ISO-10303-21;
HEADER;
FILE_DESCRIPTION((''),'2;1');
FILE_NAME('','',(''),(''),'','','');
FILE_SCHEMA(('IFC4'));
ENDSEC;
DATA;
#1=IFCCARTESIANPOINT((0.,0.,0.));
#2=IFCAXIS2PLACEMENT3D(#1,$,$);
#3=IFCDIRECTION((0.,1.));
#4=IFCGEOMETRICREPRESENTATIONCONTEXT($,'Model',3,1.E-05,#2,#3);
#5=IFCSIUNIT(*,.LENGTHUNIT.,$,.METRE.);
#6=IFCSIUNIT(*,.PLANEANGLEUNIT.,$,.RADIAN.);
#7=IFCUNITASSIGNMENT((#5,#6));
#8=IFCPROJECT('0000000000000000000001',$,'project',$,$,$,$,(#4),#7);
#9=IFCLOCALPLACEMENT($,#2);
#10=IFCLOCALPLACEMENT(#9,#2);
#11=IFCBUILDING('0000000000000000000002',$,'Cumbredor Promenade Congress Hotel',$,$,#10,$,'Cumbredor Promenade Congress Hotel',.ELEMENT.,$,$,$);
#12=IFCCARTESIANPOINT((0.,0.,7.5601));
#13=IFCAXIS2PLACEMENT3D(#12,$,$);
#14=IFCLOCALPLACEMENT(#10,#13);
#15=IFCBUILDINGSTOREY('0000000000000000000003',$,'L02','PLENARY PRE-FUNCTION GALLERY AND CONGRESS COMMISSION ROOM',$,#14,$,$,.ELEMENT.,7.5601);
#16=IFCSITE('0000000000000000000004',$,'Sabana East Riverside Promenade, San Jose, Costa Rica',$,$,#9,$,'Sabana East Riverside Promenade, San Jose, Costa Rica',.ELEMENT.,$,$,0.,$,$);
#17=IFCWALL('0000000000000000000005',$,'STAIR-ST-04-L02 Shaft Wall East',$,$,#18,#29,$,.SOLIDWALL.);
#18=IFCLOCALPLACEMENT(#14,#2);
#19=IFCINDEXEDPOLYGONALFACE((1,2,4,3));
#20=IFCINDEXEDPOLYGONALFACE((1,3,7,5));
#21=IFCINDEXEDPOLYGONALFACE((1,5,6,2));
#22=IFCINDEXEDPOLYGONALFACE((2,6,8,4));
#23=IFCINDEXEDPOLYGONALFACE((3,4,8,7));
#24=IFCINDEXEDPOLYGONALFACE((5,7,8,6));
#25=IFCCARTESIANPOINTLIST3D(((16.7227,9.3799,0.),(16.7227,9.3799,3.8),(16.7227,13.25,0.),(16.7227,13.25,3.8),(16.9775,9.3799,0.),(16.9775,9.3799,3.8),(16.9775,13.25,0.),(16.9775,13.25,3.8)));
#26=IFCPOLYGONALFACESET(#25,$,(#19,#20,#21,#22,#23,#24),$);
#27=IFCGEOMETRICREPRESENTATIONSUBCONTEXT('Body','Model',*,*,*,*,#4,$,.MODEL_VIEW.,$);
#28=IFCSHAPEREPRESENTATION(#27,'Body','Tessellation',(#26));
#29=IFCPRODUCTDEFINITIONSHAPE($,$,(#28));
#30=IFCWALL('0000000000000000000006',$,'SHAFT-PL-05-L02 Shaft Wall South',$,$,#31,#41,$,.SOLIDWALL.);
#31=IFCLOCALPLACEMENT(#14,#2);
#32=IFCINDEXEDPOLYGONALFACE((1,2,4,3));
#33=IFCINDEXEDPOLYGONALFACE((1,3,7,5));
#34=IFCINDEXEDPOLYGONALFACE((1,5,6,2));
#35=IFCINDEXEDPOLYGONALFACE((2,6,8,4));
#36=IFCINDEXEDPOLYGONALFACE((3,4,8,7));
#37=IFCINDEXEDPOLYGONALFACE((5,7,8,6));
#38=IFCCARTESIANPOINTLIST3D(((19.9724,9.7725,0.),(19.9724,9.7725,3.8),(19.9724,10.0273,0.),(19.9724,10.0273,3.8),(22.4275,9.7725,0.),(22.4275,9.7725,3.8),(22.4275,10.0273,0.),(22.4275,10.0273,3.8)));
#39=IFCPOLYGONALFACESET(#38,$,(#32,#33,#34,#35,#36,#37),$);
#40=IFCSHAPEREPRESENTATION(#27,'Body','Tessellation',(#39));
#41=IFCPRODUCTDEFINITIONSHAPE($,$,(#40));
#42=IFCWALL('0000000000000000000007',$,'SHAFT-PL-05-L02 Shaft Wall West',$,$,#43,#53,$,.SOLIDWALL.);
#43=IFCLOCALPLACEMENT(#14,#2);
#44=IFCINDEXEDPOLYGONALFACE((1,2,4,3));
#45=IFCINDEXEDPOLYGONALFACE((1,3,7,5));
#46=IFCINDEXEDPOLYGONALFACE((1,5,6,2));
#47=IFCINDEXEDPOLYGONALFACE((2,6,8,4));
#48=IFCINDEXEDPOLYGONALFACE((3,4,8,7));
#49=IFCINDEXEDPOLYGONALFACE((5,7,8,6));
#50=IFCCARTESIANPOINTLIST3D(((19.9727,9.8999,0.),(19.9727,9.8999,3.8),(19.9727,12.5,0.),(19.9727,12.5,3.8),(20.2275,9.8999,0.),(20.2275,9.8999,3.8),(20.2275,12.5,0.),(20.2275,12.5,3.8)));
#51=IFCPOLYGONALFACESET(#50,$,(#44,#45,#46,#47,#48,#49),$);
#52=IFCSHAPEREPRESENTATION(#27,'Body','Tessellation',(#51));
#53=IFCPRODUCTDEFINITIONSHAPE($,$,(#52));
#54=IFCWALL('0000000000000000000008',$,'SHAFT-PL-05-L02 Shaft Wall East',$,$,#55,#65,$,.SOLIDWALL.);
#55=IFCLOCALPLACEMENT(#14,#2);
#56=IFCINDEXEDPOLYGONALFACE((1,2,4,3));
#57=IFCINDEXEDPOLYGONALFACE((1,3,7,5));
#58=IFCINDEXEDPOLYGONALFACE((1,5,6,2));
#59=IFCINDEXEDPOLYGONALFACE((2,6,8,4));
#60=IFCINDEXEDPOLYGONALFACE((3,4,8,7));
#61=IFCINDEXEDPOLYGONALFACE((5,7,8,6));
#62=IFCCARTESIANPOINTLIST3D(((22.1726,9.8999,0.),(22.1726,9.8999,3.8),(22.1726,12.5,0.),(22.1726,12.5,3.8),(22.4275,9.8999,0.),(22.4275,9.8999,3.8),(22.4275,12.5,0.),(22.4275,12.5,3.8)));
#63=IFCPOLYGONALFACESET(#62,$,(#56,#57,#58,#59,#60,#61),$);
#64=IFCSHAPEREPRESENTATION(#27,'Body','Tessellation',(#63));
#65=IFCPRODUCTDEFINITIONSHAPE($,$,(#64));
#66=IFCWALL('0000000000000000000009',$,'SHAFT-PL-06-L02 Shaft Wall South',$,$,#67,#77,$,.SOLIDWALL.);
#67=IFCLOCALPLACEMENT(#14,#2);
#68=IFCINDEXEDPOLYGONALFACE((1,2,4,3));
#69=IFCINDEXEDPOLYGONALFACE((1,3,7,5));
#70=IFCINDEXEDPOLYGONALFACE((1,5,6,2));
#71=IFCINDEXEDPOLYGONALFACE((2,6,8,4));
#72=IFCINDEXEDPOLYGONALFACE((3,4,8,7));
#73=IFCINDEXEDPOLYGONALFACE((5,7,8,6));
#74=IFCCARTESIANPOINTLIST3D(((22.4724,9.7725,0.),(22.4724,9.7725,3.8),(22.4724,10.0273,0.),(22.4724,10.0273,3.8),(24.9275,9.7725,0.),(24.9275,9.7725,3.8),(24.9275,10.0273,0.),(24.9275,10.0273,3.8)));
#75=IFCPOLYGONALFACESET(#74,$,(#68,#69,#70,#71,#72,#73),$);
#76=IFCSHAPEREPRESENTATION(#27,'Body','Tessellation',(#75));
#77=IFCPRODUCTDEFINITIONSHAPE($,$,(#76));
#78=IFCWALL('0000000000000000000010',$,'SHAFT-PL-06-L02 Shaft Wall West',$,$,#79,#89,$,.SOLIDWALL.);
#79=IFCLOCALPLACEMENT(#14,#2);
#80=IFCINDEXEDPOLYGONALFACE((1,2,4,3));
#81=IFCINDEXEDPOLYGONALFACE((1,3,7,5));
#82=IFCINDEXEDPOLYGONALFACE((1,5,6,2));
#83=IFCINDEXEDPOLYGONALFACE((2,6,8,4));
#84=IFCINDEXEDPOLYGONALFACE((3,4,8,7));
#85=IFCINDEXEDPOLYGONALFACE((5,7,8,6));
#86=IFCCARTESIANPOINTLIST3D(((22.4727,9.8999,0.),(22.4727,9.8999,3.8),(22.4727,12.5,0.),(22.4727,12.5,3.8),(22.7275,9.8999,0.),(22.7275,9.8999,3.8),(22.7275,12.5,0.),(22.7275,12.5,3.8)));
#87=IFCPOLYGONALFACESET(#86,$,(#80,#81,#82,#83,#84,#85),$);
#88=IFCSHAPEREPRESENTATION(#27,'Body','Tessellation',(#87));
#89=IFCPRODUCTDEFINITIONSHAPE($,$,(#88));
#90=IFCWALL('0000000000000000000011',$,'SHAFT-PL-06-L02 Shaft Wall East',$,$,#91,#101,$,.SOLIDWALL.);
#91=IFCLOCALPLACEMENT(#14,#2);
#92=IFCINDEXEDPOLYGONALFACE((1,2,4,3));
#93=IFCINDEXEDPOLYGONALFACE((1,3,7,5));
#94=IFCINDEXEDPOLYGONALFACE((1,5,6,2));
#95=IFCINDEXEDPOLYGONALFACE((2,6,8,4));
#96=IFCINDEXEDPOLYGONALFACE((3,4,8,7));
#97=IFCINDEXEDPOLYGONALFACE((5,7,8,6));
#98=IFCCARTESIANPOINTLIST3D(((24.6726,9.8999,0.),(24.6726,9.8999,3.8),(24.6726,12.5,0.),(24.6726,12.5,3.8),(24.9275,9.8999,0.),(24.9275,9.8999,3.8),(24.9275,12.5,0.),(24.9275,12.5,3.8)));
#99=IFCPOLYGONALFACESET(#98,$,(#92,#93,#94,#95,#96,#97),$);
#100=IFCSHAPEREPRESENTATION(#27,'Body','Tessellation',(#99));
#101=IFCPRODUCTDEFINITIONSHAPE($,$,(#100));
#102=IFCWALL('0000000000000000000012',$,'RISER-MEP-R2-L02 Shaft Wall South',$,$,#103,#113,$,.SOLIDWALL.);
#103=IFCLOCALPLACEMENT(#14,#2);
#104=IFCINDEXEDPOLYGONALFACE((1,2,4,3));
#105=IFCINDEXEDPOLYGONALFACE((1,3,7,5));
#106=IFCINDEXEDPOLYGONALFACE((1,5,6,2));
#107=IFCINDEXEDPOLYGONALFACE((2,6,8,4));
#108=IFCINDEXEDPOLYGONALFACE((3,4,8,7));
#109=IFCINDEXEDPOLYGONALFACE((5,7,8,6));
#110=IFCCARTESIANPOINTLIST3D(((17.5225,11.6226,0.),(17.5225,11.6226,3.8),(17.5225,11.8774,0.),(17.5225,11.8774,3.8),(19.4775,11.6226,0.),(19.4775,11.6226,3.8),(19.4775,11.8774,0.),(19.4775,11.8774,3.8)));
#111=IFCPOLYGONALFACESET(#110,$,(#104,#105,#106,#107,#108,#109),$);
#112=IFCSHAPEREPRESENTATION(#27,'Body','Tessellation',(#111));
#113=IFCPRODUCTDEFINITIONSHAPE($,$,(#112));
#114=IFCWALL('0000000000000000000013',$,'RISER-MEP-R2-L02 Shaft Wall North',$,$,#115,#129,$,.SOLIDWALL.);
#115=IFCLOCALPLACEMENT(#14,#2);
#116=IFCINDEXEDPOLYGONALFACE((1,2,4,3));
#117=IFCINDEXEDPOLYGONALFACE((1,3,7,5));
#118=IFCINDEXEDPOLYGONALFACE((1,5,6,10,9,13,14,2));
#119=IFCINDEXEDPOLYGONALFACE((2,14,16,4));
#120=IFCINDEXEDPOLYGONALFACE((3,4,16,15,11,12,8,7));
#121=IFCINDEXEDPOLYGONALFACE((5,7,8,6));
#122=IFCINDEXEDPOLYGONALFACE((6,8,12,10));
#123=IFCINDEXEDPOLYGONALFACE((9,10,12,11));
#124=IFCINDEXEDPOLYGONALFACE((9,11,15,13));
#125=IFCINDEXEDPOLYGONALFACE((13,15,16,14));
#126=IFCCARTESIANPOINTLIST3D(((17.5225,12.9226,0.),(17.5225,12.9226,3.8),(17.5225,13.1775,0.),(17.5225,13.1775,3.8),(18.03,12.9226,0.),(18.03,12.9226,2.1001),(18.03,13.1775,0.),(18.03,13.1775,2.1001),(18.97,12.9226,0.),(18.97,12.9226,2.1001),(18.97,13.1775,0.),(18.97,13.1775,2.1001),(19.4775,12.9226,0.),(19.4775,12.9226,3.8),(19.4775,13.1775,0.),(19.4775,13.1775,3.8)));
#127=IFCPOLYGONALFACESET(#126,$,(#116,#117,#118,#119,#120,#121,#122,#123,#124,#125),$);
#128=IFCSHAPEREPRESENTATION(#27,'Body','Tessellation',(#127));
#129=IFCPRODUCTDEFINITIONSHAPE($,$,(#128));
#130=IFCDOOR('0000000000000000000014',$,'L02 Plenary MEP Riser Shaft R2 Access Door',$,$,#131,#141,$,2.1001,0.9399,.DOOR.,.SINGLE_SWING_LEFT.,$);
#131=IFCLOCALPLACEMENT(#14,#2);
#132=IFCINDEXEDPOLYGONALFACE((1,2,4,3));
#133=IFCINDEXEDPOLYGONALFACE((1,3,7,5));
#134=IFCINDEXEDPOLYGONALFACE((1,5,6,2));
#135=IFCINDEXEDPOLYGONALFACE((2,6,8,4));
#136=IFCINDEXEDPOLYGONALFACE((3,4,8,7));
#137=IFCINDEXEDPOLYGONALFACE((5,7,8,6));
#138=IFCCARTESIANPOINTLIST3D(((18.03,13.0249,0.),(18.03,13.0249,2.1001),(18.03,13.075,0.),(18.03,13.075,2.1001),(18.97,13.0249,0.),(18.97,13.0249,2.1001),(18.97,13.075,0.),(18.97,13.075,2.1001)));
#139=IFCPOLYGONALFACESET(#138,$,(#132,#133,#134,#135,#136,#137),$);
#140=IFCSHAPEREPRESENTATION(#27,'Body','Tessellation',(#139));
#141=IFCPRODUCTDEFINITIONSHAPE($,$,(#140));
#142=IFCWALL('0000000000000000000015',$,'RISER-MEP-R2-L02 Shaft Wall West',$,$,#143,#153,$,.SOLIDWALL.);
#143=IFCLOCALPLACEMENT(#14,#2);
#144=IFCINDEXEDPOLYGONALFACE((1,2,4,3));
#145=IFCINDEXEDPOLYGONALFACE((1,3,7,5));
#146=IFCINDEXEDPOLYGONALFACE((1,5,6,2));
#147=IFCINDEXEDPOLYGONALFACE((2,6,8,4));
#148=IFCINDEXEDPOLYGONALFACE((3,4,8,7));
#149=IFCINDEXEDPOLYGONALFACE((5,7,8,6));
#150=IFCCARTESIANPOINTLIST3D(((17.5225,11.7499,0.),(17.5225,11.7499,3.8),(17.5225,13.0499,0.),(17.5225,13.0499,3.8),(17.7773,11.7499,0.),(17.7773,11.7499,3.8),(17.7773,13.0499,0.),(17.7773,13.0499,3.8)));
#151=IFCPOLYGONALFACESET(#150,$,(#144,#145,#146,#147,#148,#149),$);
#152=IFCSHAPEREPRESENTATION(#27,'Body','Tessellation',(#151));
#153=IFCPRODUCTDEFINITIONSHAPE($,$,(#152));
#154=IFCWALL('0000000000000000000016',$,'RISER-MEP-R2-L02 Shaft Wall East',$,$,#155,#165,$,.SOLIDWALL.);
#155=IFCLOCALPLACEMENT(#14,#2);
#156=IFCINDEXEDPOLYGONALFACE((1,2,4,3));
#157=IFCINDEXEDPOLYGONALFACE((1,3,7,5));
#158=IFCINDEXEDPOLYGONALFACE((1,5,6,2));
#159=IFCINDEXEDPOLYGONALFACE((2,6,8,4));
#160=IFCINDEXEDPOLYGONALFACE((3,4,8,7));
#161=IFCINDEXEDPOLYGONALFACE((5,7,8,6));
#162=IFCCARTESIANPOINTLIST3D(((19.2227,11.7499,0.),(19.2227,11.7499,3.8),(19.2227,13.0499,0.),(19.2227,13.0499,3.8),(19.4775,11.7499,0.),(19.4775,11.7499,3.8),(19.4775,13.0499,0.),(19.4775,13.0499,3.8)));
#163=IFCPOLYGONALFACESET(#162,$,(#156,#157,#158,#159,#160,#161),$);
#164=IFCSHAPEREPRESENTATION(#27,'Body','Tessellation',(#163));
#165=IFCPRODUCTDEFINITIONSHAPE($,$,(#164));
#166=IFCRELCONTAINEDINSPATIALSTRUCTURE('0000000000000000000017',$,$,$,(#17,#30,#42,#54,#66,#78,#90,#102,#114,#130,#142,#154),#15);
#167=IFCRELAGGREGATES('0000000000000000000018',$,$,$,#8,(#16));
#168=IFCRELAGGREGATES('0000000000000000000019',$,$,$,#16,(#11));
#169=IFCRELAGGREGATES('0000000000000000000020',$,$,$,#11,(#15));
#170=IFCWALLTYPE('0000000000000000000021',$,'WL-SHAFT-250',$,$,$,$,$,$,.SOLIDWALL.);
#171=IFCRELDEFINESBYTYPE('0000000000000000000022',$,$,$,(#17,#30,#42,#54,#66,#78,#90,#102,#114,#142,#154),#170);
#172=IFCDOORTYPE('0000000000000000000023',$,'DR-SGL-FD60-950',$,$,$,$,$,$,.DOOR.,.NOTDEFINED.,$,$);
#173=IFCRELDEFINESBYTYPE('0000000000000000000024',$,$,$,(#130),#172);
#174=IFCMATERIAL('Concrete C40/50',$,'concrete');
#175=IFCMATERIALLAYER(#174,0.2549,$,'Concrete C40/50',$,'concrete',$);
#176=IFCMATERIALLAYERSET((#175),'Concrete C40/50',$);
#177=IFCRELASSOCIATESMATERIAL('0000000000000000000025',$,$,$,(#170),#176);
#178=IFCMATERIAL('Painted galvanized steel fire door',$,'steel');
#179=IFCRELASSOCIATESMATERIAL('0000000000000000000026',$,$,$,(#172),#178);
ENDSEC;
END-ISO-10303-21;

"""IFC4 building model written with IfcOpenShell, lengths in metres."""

from ifc_helpers import new_model, si_unit, direction, frame, frame_2d, origin, place, context, subcontext, project, spatial, rectangle, extrude, material, layer, layer_set, type_object, element, fill, save


model = new_model("IFC4")

# Units and contexts
model_context = context("Model", 3, precision=1e-05, world=origin(), true_north=direction((0.0, 1.0)))
body_context = subcontext(model_context, "Body", "Model", "MODEL_VIEW")
ifc_project = project(units=[si_unit("LENGTHUNIT", "METRE"), si_unit("PLANEANGLEUNIT", "RADIAN")], contexts=[model_context])

# Site, building, storey
site_placement = place(None, origin())
site = spatial("IfcSite", under=ifc_project, at=site_placement, Name="Sabana East Riverside Promenade, San Jose, Costa Rica", LongName="Sabana East Riverside Promenade, San Jose, Costa Rica", CompositionType="ELEMENT", RefElevation=0.0)
building_placement = place(site_placement, origin())
building = spatial("IfcBuilding", under=site, at=building_placement, Name="Cumbredor Promenade Congress Hotel", LongName="Cumbredor Promenade Congress Hotel", CompositionType="ELEMENT")
storey_placement = place(building_placement, frame((0.0, 0.0, 7.5601)))
storey = spatial("IfcBuildingStorey", under=building, at=storey_placement, Name="L02", Description="PLENARY PRE-FUNCTION GALLERY AND CONGRESS COMMISSION ROOM", CompositionType="ELEMENT", Elevation=7.5601)

# Shared definitions
ifc_material_1 = material(Name="Concrete C40/50", Category="concrete")

# Walls
ifc_layer = layer(ifc_material_1, 0.2549, Name="Concrete C40/50", Category="concrete")
ifc_layer_set = layer_set([ifc_layer], Name="Concrete C40/50")
wall_type = type_object("IfcWallType", Name="WL-SHAFT-250", PredefinedType="SOLIDWALL", material=ifc_layer_set)
wall_1_placement = place(storey_placement, frame((16.8501, 9.3799, 0.0), z_axis=(0.0, 0.0, 1.0), x_axis=(0.0, 1.0, 0.0)))
element("IfcWall", 1, at=wall_1_placement, inside=storey, type_object=wall_type, Name="STAIR-ST-04-L02 Shaft Wall East", PredefinedType="SOLIDWALL", context=body_context, shape_type="SweptSolid", body=[
    extrude(rectangle(XDim=3.8701, YDim=0.2549, at=frame_2d((1.9351, 0.0))), origin(), (0.0, 0.0, 1.0), 3.8),
])
wall_2_placement = place(storey_placement, frame((19.9724, 9.8999, 0.0), z_axis=(0.0, 0.0, 1.0), x_axis=(1.0, 0.0, 0.0)))
element("IfcWall", 2, at=wall_2_placement, inside=storey, type_object=wall_type, Name="SHAFT-PL-05-L02 Shaft Wall South", PredefinedType="SOLIDWALL", context=body_context, shape_type="SweptSolid", body=[
    extrude(rectangle(XDim=2.4551, YDim=0.2549, at=frame_2d((1.2275, 0.0))), origin(), (0.0, 0.0, 1.0), 3.8),
])

# Walls
for number, where, z_axis, x_axis, name in (
    (3, (20.1001, 9.8999, 0.0), (0.0, 0.0, 1.0), (0.0, 1.0, 0.0), "SHAFT-PL-05-L02 Shaft Wall West"),
    (4, (22.3, 9.8999, 0.0), (0.0, 0.0, 1.0), (0.0, 1.0, 0.0), "SHAFT-PL-05-L02 Shaft Wall East"),
):
    element("IfcWall", number, at=place(storey_placement, frame(where, z_axis=z_axis, x_axis=x_axis)), inside=storey, type_object=wall_type, Name=name, PredefinedType="SOLIDWALL", context=body_context, shape_type="SweptSolid", body=[
        extrude(rectangle(XDim=2.6001, YDim=0.2549, at=frame_2d((1.3, 0.0))), origin(), (0.0, 0.0, 1.0), 3.8),
    ])
wall_3_placement = place(storey_placement, frame((22.4724, 9.8999, 0.0), z_axis=(0.0, 0.0, 1.0), x_axis=(1.0, 0.0, 0.0)))
element("IfcWall", 5, at=wall_3_placement, inside=storey, type_object=wall_type, Name="SHAFT-PL-06-L02 Shaft Wall South", PredefinedType="SOLIDWALL", context=body_context, shape_type="SweptSolid", body=[
    extrude(rectangle(XDim=2.4551, YDim=0.2549, at=frame_2d((1.2275, 0.0))), origin(), (0.0, 0.0, 1.0), 3.8),
])

# Walls
for number, where, z_axis, x_axis, name in (
    (6, (22.6001, 9.8999, 0.0), (0.0, 0.0, 1.0), (0.0, 1.0, 0.0), "SHAFT-PL-06-L02 Shaft Wall West"),
    (7, (24.8, 9.8999, 0.0), (0.0, 0.0, 1.0), (0.0, 1.0, 0.0), "SHAFT-PL-06-L02 Shaft Wall East"),
):
    element("IfcWall", number, at=place(storey_placement, frame(where, z_axis=z_axis, x_axis=x_axis)), inside=storey, type_object=wall_type, Name=name, PredefinedType="SOLIDWALL", context=body_context, shape_type="SweptSolid", body=[
        extrude(rectangle(XDim=2.6001, YDim=0.2549, at=frame_2d((1.3, 0.0))), origin(), (0.0, 0.0, 1.0), 3.8),
    ])
wall_4_placement = place(storey_placement, frame((17.5225, 11.75, 0.0), z_axis=(0.0, 0.0, 1.0), x_axis=(1.0, 0.0, 0.0)))
element("IfcWall", 8, at=wall_4_placement, inside=storey, type_object=wall_type, Name="RISER-MEP-R2-L02 Shaft Wall South", PredefinedType="SOLIDWALL", context=body_context, shape_type="SweptSolid", body=[
    extrude(rectangle(XDim=1.9551, YDim=0.2549, at=frame_2d((0.9775, 0.0))), origin(), (0.0, 0.0, 1.0), 3.8),
])

# Wall, opening, door
wall_5_placement = place(storey_placement, frame((17.5225, 13.05, 0.0), z_axis=(0.0, 0.0, 1.0), x_axis=(1.0, 0.0, 0.0)))
wall_5 = element("IfcWall", 9, at=wall_5_placement, inside=storey, type_object=wall_type, Name="RISER-MEP-R2-L02 Shaft Wall North", PredefinedType="SOLIDWALL", context=body_context, shape_type="SweptSolid", body=[
    extrude(rectangle(XDim=1.9551, YDim=0.2549, at=frame_2d((0.9775, 0.0))), origin(), (0.0, 0.0, 1.0), 3.8),
])
opening_1_placement = place(wall_5_placement, frame((0.5076, 0.0, 0.0)))
opening_1 = element("IfcOpeningElement", 10, at=opening_1_placement, cuts=wall_5, PredefinedType="OPENING", context=body_context, shape_type="SweptSolid", body=[
    extrude(rectangle(XDim=0.9399, YDim=2.1001, at=frame_2d((0.47, 1.05))), frame((0.0, 0.1375, 0.0), z_axis=(0.0, -1.0, 0.0), x_axis=(1.0, 0.0, 0.0)), (0.0, 0.0, 1.0), 0.2749),
])
ifc_material_2 = material(Name="Painted galvanized steel fire door", Category="steel")
door_type_1 = type_object("IfcDoorType", Name="DR-SGL-FD60-950", OperationType="NOTDEFINED", PredefinedType="DOOR", material=ifc_material_2)
door_1_placement = place(opening_1_placement, origin())
door_1 = element("IfcDoor", 11, at=door_1_placement, inside=storey, type_object=door_type_1, Name="L02 Plenary MEP Riser Shaft R2 Access Door", OperationType="SINGLE_SWING_LEFT", OverallHeight=2.1001, OverallWidth=0.9399, PredefinedType="DOOR", context=body_context, shape_type="SweptSolid", body=[
    extrude(rectangle(XDim=0.9399, YDim=2.1001, at=frame_2d((0.47, 1.05))), frame((0.0, 0.0249, 0.0), z_axis=(0.0, -1.0, 0.0), x_axis=(1.0, 0.0, 0.0)), (0.0, 0.0, 1.0), 0.05),
])
fill(opening_1, door_1)

# Walls
for number, where, z_axis, x_axis, name in (
    (12, (17.6499, 11.75, 0.0), (0.0, 0.0, 1.0), (0.0, 1.0, 0.0), "RISER-MEP-R2-L02 Shaft Wall West"),
    (13, (19.3501, 11.75, 0.0), (0.0, 0.0, 1.0), (0.0, 1.0, 0.0), "RISER-MEP-R2-L02 Shaft Wall East"),
):
    element("IfcWall", number, at=place(storey_placement, frame(where, z_axis=z_axis, x_axis=x_axis)), inside=storey, type_object=wall_type, Name=name, PredefinedType="SOLIDWALL", context=body_context, shape_type="SweptSolid", body=[
        extrude(rectangle(XDim=1.3, YDim=0.2549, at=frame_2d((0.6499, 0.0))), origin(), (0.0, 0.0, 1.0), 3.8),
    ])

save(model, "model.ifc")
